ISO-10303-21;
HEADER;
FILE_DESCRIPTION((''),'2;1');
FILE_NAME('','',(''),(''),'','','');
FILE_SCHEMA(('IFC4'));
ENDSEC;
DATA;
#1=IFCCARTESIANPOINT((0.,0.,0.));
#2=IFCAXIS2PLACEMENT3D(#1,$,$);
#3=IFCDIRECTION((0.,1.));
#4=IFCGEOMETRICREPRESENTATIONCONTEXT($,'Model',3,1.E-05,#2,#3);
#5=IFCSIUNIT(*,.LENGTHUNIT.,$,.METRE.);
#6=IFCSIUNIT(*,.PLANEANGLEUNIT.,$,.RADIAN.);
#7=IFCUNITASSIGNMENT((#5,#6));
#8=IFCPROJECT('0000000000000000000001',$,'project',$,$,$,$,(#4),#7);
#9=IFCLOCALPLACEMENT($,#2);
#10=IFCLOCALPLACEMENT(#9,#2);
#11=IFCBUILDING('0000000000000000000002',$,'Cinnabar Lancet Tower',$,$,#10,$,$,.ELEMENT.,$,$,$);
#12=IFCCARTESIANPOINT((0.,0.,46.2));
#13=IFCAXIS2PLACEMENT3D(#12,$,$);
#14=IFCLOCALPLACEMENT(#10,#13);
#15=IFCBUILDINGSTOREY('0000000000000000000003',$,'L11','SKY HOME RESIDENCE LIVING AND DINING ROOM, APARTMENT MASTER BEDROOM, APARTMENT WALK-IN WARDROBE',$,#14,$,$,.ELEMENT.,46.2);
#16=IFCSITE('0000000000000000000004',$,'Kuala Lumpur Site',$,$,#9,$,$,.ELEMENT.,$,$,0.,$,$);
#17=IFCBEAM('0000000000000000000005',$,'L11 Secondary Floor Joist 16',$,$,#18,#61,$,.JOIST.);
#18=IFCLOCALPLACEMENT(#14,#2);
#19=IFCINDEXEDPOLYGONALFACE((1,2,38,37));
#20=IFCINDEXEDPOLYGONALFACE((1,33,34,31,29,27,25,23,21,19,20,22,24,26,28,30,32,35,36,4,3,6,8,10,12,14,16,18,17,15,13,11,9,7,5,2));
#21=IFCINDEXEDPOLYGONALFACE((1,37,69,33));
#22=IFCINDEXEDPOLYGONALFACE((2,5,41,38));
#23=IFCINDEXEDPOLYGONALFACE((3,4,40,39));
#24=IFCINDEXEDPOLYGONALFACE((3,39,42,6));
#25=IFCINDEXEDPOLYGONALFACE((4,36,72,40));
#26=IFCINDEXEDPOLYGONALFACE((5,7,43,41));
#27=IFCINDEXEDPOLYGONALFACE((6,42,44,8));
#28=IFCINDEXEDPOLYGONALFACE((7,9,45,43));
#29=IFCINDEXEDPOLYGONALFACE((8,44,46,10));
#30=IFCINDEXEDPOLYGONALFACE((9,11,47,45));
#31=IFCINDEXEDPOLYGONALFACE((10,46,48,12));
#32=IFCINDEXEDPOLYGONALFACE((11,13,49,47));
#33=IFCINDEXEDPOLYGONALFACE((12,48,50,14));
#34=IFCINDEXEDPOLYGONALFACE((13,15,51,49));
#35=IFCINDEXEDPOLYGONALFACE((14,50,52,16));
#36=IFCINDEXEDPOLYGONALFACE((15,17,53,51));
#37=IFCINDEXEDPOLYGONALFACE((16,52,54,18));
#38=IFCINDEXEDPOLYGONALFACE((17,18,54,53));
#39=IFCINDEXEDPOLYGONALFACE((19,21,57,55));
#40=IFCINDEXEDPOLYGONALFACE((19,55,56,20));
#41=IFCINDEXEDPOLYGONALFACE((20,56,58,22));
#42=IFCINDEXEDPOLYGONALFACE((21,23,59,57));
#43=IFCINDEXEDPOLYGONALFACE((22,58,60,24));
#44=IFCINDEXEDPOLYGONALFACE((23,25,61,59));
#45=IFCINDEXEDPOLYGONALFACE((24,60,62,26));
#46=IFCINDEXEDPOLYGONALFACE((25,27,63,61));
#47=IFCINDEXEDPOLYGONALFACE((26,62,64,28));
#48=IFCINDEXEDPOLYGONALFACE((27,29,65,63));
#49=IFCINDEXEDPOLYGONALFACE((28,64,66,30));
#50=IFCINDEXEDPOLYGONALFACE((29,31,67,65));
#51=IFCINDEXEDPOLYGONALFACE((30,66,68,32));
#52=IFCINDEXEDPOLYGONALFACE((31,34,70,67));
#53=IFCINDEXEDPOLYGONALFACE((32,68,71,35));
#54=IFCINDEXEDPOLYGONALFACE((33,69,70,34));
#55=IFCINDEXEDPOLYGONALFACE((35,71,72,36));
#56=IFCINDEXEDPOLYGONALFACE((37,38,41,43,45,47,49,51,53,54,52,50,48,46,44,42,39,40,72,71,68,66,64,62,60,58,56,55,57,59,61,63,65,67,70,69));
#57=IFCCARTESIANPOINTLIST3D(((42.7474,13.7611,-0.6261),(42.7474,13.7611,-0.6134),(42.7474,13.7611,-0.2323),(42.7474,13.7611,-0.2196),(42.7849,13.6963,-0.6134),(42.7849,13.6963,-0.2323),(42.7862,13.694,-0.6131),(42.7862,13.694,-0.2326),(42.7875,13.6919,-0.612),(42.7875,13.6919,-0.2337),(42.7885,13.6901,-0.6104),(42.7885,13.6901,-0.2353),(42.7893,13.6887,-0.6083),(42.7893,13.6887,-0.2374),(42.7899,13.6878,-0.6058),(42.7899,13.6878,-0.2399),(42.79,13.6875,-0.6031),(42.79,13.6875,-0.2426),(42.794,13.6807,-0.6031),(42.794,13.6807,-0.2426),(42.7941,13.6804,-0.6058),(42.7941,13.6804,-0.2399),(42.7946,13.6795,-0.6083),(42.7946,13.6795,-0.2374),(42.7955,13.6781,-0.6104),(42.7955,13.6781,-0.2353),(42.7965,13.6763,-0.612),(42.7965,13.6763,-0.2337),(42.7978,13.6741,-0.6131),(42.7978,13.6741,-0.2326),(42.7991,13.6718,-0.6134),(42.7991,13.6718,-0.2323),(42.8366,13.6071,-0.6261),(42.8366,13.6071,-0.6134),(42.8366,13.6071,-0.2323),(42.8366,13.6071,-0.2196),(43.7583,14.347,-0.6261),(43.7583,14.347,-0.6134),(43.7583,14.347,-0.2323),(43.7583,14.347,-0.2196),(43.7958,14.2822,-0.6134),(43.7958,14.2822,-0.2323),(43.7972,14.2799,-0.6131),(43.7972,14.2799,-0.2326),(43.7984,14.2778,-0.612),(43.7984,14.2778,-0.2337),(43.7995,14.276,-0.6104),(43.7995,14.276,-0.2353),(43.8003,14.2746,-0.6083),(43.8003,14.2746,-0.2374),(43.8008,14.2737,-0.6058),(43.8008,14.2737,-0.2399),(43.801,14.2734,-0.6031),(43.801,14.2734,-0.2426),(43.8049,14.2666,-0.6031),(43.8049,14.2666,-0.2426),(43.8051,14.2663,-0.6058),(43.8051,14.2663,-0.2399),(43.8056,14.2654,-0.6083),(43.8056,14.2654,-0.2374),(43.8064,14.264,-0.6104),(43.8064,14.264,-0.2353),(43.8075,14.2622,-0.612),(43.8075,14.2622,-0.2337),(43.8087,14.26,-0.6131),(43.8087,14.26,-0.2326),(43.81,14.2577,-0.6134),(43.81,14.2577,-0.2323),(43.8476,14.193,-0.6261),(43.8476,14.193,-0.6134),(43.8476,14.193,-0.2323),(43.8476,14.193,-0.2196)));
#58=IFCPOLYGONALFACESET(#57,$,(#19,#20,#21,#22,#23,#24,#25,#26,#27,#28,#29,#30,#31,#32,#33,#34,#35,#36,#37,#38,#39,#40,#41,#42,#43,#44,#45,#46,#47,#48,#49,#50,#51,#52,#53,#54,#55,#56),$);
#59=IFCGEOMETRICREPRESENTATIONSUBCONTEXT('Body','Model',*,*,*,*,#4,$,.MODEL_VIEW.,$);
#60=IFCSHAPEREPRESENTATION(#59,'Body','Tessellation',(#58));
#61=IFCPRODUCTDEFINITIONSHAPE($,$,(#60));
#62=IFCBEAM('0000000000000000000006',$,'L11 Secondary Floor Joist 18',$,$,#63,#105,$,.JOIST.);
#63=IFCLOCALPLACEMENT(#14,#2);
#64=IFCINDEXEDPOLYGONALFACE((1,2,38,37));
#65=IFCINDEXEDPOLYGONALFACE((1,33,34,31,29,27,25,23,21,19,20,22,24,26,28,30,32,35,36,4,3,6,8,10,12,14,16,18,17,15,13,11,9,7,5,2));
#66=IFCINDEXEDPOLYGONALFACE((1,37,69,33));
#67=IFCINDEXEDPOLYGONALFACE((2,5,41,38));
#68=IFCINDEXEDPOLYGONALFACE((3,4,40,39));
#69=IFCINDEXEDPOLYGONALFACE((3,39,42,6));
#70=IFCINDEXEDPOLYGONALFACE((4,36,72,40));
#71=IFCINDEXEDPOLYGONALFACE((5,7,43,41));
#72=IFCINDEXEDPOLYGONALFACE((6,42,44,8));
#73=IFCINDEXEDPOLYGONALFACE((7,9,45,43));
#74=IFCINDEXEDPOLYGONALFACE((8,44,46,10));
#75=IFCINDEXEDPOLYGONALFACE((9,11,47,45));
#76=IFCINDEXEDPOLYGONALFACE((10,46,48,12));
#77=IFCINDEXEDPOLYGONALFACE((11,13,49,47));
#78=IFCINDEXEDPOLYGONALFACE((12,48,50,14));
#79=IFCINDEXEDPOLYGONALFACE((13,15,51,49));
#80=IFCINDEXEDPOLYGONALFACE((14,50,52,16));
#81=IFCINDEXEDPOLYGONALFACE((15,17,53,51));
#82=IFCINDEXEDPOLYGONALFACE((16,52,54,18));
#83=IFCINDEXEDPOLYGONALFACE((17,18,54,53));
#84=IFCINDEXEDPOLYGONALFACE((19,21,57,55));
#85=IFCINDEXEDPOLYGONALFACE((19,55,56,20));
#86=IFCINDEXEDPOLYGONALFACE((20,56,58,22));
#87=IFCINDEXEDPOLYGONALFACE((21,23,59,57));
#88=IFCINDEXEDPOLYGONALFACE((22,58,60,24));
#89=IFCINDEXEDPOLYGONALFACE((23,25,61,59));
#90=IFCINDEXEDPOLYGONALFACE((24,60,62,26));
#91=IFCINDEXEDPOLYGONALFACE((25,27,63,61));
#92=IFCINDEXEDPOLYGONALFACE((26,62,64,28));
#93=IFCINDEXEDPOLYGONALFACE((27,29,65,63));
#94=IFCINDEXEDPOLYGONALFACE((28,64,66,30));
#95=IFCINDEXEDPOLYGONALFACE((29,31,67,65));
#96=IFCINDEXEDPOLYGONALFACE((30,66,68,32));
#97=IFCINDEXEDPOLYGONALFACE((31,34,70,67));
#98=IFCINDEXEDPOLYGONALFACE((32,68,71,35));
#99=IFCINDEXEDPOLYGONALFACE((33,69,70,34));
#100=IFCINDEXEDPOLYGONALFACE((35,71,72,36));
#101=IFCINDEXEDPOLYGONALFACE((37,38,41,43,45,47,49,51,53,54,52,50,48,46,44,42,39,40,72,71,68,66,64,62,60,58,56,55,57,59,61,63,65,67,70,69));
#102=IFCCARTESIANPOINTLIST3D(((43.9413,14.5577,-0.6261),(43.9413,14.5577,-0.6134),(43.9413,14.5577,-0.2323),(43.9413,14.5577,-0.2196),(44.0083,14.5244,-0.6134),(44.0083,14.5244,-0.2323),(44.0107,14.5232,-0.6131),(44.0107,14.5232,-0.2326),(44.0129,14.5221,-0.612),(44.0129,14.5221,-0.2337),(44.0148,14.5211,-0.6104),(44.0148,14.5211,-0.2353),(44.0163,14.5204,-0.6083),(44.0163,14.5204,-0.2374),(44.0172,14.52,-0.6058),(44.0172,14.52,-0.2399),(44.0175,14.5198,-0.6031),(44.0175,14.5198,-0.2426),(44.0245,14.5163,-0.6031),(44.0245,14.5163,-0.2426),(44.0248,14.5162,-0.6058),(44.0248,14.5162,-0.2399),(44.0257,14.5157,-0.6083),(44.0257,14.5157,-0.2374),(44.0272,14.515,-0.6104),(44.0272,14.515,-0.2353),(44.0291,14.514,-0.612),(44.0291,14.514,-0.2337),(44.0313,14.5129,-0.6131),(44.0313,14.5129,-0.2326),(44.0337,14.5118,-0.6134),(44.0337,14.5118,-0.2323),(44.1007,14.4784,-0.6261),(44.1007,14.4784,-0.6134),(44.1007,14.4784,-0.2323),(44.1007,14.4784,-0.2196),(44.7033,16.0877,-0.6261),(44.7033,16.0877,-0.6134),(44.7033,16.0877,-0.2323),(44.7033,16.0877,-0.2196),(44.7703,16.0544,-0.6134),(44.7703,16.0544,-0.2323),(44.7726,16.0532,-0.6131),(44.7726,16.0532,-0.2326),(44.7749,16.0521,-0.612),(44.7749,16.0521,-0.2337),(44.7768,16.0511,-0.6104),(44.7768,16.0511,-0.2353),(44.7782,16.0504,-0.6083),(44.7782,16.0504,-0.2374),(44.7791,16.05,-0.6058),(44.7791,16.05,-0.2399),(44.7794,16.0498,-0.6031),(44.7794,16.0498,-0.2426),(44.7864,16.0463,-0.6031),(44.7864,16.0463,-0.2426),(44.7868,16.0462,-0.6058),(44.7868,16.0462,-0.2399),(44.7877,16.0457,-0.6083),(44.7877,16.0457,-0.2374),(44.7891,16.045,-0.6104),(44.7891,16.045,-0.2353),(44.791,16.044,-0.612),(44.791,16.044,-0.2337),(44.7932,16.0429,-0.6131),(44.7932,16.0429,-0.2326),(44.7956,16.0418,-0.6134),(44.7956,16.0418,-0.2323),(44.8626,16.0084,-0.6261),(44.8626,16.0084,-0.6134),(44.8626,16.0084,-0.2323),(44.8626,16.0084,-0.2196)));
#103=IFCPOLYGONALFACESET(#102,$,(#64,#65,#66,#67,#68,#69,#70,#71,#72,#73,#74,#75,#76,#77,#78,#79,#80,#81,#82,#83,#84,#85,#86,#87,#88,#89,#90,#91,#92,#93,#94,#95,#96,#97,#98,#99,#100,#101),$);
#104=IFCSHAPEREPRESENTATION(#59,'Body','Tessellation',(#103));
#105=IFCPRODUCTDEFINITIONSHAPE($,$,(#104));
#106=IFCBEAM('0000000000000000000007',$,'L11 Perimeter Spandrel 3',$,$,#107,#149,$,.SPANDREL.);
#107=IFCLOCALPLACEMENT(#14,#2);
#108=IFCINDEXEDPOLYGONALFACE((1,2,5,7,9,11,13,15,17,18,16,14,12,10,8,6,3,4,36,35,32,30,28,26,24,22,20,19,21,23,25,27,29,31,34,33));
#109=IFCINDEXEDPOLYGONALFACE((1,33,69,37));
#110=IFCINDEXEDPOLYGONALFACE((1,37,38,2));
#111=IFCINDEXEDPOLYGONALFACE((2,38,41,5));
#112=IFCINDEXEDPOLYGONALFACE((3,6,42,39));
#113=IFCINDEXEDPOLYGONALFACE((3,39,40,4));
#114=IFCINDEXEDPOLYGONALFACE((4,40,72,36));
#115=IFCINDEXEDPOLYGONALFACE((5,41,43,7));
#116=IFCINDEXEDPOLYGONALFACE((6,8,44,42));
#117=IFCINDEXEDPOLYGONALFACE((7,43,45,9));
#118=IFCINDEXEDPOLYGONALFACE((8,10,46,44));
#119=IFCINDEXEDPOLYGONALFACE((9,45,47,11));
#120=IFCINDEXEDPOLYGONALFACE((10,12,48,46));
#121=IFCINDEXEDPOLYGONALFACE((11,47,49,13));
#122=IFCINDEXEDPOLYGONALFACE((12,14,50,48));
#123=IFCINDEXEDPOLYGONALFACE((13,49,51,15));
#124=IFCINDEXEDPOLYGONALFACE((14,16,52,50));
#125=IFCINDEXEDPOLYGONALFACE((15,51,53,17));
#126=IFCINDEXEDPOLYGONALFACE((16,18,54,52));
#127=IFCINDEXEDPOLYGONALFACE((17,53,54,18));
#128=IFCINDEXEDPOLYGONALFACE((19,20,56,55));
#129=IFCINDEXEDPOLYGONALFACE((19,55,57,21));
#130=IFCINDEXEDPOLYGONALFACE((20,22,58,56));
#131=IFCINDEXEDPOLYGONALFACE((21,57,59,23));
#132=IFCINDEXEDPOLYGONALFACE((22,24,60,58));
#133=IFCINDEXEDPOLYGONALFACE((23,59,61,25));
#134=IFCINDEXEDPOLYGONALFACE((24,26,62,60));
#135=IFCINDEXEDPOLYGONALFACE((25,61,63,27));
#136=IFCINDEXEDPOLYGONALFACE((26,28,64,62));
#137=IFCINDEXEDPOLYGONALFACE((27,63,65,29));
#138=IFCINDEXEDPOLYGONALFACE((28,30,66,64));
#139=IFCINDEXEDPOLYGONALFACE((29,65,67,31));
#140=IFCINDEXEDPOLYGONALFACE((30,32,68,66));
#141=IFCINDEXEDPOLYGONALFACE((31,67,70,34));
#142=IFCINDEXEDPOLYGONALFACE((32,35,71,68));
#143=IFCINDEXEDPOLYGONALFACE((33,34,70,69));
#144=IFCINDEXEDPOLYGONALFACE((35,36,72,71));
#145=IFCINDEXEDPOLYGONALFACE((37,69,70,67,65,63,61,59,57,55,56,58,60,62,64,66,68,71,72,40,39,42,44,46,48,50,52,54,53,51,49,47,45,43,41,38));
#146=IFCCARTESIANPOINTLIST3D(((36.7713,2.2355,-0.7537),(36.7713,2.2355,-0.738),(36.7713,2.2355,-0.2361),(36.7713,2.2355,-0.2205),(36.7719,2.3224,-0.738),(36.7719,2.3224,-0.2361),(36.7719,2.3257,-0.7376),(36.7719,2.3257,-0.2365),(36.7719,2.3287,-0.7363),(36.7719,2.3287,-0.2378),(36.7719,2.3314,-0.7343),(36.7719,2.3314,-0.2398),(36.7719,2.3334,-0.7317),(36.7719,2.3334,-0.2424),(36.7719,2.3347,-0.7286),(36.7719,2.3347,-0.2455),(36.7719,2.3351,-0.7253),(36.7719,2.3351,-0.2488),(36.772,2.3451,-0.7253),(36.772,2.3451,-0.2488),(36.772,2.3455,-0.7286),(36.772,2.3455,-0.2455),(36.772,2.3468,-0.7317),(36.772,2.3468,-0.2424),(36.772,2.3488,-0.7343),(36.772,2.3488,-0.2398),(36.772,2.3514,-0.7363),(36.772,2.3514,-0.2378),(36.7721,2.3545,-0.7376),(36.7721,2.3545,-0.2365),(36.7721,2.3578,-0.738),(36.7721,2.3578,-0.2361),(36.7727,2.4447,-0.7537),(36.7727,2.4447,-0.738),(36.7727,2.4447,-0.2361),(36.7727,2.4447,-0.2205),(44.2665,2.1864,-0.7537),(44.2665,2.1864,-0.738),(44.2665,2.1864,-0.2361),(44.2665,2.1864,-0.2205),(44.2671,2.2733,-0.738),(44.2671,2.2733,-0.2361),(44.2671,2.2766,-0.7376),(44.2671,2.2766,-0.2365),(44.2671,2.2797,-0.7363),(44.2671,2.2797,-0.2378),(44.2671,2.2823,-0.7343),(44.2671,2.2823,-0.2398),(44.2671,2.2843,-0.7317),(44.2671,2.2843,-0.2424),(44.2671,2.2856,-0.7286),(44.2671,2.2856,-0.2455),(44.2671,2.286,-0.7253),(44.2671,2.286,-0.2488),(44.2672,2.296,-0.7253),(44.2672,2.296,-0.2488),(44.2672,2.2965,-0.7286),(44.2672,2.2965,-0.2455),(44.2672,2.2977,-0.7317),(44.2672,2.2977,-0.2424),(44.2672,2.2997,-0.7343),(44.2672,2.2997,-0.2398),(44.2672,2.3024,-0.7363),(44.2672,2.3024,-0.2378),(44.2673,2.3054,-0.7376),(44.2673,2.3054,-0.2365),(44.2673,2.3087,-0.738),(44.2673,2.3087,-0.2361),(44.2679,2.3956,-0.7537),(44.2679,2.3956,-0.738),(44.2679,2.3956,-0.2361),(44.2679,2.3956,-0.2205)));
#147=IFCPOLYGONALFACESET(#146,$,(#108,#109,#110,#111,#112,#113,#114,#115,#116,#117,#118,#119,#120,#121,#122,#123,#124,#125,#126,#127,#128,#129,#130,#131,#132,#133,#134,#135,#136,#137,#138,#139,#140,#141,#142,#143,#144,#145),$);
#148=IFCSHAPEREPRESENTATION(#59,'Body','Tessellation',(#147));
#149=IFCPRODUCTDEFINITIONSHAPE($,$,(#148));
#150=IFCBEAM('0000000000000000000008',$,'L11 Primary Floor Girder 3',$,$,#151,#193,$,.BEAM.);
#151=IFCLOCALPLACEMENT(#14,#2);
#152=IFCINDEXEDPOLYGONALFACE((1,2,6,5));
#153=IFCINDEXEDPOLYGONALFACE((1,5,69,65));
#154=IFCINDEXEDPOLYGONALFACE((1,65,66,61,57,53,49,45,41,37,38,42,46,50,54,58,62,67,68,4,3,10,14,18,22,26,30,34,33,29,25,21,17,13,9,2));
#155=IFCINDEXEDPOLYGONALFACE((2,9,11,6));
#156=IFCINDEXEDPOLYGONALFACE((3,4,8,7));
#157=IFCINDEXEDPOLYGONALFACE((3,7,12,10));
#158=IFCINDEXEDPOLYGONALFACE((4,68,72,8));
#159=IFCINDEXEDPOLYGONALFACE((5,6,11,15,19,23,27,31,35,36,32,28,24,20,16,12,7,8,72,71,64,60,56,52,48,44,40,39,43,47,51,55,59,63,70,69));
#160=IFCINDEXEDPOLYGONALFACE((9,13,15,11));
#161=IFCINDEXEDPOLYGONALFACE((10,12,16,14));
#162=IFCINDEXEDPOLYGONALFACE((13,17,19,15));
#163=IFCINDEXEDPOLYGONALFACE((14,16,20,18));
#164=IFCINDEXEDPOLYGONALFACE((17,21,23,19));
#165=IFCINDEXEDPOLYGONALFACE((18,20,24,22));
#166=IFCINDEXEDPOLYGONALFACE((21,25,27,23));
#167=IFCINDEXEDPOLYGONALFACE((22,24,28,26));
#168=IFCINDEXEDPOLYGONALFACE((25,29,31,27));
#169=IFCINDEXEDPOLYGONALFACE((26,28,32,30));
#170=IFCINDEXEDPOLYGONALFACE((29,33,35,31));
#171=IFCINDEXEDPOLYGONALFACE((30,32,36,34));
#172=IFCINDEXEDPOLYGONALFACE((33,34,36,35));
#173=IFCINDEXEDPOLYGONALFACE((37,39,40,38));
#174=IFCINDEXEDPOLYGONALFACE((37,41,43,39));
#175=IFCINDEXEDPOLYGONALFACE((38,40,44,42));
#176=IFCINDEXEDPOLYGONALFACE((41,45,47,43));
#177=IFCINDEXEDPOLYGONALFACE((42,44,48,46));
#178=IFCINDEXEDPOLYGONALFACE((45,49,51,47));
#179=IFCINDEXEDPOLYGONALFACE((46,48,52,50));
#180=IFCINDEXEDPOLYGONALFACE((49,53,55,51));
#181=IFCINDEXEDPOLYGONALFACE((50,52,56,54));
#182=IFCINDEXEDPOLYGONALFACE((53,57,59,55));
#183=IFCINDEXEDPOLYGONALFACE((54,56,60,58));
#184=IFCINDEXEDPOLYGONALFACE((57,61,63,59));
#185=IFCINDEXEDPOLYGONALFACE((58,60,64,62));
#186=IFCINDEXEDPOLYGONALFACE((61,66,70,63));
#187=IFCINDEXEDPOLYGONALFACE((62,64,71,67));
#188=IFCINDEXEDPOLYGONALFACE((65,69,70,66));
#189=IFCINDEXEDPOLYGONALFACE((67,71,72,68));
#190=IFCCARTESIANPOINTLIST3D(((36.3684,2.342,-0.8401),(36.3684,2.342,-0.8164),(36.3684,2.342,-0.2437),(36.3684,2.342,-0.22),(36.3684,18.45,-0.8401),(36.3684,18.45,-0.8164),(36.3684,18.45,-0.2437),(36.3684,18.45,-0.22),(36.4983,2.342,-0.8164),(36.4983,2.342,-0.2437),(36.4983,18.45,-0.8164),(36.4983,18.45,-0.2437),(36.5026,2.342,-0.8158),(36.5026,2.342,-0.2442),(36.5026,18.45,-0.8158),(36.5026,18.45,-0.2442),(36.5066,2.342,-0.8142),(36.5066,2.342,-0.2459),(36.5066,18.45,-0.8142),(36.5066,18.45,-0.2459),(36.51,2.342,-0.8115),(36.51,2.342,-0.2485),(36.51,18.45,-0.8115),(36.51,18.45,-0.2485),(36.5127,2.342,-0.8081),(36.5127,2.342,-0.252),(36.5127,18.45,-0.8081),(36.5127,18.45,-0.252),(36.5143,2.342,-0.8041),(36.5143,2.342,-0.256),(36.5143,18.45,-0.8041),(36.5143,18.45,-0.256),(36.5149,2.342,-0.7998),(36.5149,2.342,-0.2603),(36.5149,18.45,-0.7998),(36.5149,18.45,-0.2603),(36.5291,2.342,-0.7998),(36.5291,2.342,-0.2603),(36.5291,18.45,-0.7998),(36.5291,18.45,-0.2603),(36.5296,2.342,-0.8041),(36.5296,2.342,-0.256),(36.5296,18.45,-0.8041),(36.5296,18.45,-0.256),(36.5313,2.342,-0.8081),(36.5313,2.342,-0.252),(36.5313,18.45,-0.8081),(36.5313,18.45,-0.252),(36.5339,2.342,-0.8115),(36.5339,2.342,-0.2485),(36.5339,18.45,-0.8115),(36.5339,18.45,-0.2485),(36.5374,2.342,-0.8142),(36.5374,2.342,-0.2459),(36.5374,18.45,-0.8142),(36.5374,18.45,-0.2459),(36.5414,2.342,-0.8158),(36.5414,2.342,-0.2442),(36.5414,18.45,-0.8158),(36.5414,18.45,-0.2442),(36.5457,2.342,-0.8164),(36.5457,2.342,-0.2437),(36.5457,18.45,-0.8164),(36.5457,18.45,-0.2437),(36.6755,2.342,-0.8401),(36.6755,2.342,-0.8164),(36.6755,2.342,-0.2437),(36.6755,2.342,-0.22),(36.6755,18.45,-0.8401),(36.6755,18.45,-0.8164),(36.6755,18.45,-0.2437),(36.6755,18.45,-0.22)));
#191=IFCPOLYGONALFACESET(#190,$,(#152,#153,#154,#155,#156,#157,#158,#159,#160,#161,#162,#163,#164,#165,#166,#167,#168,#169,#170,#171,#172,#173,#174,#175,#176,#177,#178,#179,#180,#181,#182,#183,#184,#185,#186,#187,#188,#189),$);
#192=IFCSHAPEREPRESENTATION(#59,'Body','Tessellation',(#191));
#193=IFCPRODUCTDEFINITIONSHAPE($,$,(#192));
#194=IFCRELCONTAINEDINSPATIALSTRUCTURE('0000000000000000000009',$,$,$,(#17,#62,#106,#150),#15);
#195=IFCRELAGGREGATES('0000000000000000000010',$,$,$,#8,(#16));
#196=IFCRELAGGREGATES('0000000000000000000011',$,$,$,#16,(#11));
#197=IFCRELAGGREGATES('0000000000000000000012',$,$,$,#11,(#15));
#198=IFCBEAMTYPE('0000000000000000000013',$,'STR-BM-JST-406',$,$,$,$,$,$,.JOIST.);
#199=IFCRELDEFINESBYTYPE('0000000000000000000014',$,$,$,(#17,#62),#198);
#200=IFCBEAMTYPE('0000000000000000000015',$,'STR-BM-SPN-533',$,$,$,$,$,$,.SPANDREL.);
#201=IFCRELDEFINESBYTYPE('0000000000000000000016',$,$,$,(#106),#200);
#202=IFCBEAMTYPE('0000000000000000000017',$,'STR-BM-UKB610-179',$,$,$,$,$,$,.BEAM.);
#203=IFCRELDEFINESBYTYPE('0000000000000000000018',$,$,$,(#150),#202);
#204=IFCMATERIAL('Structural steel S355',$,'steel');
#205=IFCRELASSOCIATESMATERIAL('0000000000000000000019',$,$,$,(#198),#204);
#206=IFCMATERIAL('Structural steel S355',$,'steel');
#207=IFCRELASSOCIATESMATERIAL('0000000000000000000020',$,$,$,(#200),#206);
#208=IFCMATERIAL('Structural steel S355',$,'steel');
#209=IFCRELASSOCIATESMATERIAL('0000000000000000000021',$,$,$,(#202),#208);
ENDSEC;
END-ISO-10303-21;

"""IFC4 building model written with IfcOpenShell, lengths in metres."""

from ifc_helpers import new_model, si_unit, direction, frame, origin, origin_2d, place, context, subcontext, project, spatial, i_section, extrude, material, material_profile, profile_set, type_object, element, save


model = new_model("IFC4")

# Units and contexts
model_context = context("Model", 3, precision=1e-05, world=origin(), true_north=direction((0.0, 1.0)))
body_context = subcontext(model_context, "Body", "Model", "MODEL_VIEW")
ifc_project = project(units=[si_unit("LENGTHUNIT", "METRE"), si_unit("PLANEANGLEUNIT", "RADIAN")], contexts=[model_context])

# Site, building, storey
site_placement = place(None, origin())
site = spatial("IfcSite", under=ifc_project, at=site_placement, Name="Kuala Lumpur Site", CompositionType="ELEMENT", RefElevation=0.0)
building_placement = place(site_placement, origin())
building = spatial("IfcBuilding", under=site, at=building_placement, Name="Cinnabar Lancet Tower", CompositionType="ELEMENT")
storey_placement = place(building_placement, frame((0.0, 0.0, 46.2)))
storey = spatial("IfcBuildingStorey", under=building, at=storey_placement, Name="L11", Description="SKY HOME RESIDENCE LIVING AND DINING ROOM, APARTMENT MASTER BEDROOM, APARTMENT WALK-IN WARDROBE", CompositionType="ELEMENT", Elevation=46.2)

# Beams
ifc_material_1 = material(Name="Structural steel S355", Category="steel")
ifc_material_profile_1 = material_profile(ifc_material_1, i_section(OverallWidth=0.178, OverallDepth=0.4065, WebThickness=0.0078, FlangeThickness=0.0127, FilletRadius=0.0103, at=origin_2d()), Name="UKB 406x178x60")
ifc_profile_set_1 = profile_set([ifc_material_profile_1], Name="Structural steel S355")
beam_type_1 = type_object("IfcBeamType", Name="STR-BM-JST-406", PredefinedType="JOIST", material=ifc_profile_set_1)
beam_1_placement = place(storey_placement, frame((42.792, 13.6841, -0.4229), z_axis=(0.865193, 0.50144, 0.0), x_axis=(-0.50144, 0.865193, 0.0)))
element("IfcBeam", 1, at=beam_1_placement, inside=storey, type_object=beam_type_1, Name="L11 Secondary Floor Joist 16", PredefinedType="JOIST", context=body_context, shape_type="SweptSolid", body=[
    extrude(i_section(OverallWidth=0.178, OverallDepth=0.4065, WebThickness=0.0078, FlangeThickness=0.0127, FilletRadius=0.0103, at=origin_2d()), origin(), (0.0, 0.0, 1.0), 1.1685),
])
beam_2_placement = place(storey_placement, frame((44.021, 14.5181, -0.4229), z_axis=(0.445785, 0.89514, 0.0), x_axis=(-0.89514, 0.445785, 0.0)))
element("IfcBeam", 2, at=beam_2_placement, inside=storey, type_object=beam_type_1, Name="L11 Secondary Floor Joist 18", PredefinedType="JOIST", context=body_context, shape_type="SweptSolid", body=[
    extrude(i_section(OverallWidth=0.178, OverallDepth=0.4065, WebThickness=0.0078, FlangeThickness=0.0127, FilletRadius=0.0103, at=origin_2d()), origin(), (0.0, 0.0, 1.0), 1.7092),
])
ifc_material_2 = material(Name="Structural steel S355", Category="steel")
ifc_material_profile_2 = material_profile(ifc_material_2, i_section(OverallWidth=0.2092, OverallDepth=0.5332, WebThickness=0.01, FlangeThickness=0.0156, FilletRadius=0.0127, at=origin_2d()), Name="UKB 533x210x92")
ifc_profile_set_2 = profile_set([ifc_material_profile_2], Name="Structural steel S355")
beam_type_2 = type_object("IfcBeamType", Name="STR-BM-SPN-533", PredefinedType="SPANDREL", material=ifc_profile_set_2)
beam_3_placement = place(storey_placement, frame((36.772, 2.3401, -0.4871), z_axis=(0.999979, -0.006547, 0.0), x_axis=(0.006547, 0.999979, 0.0)))
element("IfcBeam", 3, at=beam_3_placement, inside=storey, type_object=beam_type_2, Name="L11 Perimeter Spandrel 3", PredefinedType="SPANDREL", context=body_context, shape_type="SweptSolid", body=[
    extrude(i_section(OverallWidth=0.2092, OverallDepth=0.5332, WebThickness=0.01, FlangeThickness=0.0156, FilletRadius=0.0127, at=origin_2d()), origin(), (0.0, 0.0, 1.0), 7.4954),
])
ifc_material_3 = material(Name="Structural steel S355", Category="steel")
ifc_material_profile_3 = material_profile(ifc_material_3, i_section(OverallWidth=0.3071, OverallDepth=0.6201, WebThickness=0.0142, FlangeThickness=0.0237, FilletRadius=0.0166, at=origin_2d()), Name="UKB 610x305x179")
ifc_profile_set_3 = profile_set([ifc_material_profile_3], Name="Structural steel S355")
beam_type_3 = type_object("IfcBeamType", Name="STR-BM-UKB610-179", PredefinedType="BEAM", material=ifc_profile_set_3)
beam_4_placement = place(storey_placement, frame((36.522, 2.342, -0.53), z_axis=(0.0, 1.0, 0.0), x_axis=(-1.0, 0.0, 0.0)))
element("IfcBeam", 4, at=beam_4_placement, inside=storey, type_object=beam_type_3, Name="L11 Primary Floor Girder 3", PredefinedType="BEAM", context=body_context, shape_type="SweptSolid", body=[
    extrude(i_section(OverallWidth=0.3071, OverallDepth=0.6201, WebThickness=0.0142, FlangeThickness=0.0237, FilletRadius=0.0166, at=origin_2d()), origin(), (0.0, 0.0, 1.0), 16.1079),
])

save(model, "model.ifc")
